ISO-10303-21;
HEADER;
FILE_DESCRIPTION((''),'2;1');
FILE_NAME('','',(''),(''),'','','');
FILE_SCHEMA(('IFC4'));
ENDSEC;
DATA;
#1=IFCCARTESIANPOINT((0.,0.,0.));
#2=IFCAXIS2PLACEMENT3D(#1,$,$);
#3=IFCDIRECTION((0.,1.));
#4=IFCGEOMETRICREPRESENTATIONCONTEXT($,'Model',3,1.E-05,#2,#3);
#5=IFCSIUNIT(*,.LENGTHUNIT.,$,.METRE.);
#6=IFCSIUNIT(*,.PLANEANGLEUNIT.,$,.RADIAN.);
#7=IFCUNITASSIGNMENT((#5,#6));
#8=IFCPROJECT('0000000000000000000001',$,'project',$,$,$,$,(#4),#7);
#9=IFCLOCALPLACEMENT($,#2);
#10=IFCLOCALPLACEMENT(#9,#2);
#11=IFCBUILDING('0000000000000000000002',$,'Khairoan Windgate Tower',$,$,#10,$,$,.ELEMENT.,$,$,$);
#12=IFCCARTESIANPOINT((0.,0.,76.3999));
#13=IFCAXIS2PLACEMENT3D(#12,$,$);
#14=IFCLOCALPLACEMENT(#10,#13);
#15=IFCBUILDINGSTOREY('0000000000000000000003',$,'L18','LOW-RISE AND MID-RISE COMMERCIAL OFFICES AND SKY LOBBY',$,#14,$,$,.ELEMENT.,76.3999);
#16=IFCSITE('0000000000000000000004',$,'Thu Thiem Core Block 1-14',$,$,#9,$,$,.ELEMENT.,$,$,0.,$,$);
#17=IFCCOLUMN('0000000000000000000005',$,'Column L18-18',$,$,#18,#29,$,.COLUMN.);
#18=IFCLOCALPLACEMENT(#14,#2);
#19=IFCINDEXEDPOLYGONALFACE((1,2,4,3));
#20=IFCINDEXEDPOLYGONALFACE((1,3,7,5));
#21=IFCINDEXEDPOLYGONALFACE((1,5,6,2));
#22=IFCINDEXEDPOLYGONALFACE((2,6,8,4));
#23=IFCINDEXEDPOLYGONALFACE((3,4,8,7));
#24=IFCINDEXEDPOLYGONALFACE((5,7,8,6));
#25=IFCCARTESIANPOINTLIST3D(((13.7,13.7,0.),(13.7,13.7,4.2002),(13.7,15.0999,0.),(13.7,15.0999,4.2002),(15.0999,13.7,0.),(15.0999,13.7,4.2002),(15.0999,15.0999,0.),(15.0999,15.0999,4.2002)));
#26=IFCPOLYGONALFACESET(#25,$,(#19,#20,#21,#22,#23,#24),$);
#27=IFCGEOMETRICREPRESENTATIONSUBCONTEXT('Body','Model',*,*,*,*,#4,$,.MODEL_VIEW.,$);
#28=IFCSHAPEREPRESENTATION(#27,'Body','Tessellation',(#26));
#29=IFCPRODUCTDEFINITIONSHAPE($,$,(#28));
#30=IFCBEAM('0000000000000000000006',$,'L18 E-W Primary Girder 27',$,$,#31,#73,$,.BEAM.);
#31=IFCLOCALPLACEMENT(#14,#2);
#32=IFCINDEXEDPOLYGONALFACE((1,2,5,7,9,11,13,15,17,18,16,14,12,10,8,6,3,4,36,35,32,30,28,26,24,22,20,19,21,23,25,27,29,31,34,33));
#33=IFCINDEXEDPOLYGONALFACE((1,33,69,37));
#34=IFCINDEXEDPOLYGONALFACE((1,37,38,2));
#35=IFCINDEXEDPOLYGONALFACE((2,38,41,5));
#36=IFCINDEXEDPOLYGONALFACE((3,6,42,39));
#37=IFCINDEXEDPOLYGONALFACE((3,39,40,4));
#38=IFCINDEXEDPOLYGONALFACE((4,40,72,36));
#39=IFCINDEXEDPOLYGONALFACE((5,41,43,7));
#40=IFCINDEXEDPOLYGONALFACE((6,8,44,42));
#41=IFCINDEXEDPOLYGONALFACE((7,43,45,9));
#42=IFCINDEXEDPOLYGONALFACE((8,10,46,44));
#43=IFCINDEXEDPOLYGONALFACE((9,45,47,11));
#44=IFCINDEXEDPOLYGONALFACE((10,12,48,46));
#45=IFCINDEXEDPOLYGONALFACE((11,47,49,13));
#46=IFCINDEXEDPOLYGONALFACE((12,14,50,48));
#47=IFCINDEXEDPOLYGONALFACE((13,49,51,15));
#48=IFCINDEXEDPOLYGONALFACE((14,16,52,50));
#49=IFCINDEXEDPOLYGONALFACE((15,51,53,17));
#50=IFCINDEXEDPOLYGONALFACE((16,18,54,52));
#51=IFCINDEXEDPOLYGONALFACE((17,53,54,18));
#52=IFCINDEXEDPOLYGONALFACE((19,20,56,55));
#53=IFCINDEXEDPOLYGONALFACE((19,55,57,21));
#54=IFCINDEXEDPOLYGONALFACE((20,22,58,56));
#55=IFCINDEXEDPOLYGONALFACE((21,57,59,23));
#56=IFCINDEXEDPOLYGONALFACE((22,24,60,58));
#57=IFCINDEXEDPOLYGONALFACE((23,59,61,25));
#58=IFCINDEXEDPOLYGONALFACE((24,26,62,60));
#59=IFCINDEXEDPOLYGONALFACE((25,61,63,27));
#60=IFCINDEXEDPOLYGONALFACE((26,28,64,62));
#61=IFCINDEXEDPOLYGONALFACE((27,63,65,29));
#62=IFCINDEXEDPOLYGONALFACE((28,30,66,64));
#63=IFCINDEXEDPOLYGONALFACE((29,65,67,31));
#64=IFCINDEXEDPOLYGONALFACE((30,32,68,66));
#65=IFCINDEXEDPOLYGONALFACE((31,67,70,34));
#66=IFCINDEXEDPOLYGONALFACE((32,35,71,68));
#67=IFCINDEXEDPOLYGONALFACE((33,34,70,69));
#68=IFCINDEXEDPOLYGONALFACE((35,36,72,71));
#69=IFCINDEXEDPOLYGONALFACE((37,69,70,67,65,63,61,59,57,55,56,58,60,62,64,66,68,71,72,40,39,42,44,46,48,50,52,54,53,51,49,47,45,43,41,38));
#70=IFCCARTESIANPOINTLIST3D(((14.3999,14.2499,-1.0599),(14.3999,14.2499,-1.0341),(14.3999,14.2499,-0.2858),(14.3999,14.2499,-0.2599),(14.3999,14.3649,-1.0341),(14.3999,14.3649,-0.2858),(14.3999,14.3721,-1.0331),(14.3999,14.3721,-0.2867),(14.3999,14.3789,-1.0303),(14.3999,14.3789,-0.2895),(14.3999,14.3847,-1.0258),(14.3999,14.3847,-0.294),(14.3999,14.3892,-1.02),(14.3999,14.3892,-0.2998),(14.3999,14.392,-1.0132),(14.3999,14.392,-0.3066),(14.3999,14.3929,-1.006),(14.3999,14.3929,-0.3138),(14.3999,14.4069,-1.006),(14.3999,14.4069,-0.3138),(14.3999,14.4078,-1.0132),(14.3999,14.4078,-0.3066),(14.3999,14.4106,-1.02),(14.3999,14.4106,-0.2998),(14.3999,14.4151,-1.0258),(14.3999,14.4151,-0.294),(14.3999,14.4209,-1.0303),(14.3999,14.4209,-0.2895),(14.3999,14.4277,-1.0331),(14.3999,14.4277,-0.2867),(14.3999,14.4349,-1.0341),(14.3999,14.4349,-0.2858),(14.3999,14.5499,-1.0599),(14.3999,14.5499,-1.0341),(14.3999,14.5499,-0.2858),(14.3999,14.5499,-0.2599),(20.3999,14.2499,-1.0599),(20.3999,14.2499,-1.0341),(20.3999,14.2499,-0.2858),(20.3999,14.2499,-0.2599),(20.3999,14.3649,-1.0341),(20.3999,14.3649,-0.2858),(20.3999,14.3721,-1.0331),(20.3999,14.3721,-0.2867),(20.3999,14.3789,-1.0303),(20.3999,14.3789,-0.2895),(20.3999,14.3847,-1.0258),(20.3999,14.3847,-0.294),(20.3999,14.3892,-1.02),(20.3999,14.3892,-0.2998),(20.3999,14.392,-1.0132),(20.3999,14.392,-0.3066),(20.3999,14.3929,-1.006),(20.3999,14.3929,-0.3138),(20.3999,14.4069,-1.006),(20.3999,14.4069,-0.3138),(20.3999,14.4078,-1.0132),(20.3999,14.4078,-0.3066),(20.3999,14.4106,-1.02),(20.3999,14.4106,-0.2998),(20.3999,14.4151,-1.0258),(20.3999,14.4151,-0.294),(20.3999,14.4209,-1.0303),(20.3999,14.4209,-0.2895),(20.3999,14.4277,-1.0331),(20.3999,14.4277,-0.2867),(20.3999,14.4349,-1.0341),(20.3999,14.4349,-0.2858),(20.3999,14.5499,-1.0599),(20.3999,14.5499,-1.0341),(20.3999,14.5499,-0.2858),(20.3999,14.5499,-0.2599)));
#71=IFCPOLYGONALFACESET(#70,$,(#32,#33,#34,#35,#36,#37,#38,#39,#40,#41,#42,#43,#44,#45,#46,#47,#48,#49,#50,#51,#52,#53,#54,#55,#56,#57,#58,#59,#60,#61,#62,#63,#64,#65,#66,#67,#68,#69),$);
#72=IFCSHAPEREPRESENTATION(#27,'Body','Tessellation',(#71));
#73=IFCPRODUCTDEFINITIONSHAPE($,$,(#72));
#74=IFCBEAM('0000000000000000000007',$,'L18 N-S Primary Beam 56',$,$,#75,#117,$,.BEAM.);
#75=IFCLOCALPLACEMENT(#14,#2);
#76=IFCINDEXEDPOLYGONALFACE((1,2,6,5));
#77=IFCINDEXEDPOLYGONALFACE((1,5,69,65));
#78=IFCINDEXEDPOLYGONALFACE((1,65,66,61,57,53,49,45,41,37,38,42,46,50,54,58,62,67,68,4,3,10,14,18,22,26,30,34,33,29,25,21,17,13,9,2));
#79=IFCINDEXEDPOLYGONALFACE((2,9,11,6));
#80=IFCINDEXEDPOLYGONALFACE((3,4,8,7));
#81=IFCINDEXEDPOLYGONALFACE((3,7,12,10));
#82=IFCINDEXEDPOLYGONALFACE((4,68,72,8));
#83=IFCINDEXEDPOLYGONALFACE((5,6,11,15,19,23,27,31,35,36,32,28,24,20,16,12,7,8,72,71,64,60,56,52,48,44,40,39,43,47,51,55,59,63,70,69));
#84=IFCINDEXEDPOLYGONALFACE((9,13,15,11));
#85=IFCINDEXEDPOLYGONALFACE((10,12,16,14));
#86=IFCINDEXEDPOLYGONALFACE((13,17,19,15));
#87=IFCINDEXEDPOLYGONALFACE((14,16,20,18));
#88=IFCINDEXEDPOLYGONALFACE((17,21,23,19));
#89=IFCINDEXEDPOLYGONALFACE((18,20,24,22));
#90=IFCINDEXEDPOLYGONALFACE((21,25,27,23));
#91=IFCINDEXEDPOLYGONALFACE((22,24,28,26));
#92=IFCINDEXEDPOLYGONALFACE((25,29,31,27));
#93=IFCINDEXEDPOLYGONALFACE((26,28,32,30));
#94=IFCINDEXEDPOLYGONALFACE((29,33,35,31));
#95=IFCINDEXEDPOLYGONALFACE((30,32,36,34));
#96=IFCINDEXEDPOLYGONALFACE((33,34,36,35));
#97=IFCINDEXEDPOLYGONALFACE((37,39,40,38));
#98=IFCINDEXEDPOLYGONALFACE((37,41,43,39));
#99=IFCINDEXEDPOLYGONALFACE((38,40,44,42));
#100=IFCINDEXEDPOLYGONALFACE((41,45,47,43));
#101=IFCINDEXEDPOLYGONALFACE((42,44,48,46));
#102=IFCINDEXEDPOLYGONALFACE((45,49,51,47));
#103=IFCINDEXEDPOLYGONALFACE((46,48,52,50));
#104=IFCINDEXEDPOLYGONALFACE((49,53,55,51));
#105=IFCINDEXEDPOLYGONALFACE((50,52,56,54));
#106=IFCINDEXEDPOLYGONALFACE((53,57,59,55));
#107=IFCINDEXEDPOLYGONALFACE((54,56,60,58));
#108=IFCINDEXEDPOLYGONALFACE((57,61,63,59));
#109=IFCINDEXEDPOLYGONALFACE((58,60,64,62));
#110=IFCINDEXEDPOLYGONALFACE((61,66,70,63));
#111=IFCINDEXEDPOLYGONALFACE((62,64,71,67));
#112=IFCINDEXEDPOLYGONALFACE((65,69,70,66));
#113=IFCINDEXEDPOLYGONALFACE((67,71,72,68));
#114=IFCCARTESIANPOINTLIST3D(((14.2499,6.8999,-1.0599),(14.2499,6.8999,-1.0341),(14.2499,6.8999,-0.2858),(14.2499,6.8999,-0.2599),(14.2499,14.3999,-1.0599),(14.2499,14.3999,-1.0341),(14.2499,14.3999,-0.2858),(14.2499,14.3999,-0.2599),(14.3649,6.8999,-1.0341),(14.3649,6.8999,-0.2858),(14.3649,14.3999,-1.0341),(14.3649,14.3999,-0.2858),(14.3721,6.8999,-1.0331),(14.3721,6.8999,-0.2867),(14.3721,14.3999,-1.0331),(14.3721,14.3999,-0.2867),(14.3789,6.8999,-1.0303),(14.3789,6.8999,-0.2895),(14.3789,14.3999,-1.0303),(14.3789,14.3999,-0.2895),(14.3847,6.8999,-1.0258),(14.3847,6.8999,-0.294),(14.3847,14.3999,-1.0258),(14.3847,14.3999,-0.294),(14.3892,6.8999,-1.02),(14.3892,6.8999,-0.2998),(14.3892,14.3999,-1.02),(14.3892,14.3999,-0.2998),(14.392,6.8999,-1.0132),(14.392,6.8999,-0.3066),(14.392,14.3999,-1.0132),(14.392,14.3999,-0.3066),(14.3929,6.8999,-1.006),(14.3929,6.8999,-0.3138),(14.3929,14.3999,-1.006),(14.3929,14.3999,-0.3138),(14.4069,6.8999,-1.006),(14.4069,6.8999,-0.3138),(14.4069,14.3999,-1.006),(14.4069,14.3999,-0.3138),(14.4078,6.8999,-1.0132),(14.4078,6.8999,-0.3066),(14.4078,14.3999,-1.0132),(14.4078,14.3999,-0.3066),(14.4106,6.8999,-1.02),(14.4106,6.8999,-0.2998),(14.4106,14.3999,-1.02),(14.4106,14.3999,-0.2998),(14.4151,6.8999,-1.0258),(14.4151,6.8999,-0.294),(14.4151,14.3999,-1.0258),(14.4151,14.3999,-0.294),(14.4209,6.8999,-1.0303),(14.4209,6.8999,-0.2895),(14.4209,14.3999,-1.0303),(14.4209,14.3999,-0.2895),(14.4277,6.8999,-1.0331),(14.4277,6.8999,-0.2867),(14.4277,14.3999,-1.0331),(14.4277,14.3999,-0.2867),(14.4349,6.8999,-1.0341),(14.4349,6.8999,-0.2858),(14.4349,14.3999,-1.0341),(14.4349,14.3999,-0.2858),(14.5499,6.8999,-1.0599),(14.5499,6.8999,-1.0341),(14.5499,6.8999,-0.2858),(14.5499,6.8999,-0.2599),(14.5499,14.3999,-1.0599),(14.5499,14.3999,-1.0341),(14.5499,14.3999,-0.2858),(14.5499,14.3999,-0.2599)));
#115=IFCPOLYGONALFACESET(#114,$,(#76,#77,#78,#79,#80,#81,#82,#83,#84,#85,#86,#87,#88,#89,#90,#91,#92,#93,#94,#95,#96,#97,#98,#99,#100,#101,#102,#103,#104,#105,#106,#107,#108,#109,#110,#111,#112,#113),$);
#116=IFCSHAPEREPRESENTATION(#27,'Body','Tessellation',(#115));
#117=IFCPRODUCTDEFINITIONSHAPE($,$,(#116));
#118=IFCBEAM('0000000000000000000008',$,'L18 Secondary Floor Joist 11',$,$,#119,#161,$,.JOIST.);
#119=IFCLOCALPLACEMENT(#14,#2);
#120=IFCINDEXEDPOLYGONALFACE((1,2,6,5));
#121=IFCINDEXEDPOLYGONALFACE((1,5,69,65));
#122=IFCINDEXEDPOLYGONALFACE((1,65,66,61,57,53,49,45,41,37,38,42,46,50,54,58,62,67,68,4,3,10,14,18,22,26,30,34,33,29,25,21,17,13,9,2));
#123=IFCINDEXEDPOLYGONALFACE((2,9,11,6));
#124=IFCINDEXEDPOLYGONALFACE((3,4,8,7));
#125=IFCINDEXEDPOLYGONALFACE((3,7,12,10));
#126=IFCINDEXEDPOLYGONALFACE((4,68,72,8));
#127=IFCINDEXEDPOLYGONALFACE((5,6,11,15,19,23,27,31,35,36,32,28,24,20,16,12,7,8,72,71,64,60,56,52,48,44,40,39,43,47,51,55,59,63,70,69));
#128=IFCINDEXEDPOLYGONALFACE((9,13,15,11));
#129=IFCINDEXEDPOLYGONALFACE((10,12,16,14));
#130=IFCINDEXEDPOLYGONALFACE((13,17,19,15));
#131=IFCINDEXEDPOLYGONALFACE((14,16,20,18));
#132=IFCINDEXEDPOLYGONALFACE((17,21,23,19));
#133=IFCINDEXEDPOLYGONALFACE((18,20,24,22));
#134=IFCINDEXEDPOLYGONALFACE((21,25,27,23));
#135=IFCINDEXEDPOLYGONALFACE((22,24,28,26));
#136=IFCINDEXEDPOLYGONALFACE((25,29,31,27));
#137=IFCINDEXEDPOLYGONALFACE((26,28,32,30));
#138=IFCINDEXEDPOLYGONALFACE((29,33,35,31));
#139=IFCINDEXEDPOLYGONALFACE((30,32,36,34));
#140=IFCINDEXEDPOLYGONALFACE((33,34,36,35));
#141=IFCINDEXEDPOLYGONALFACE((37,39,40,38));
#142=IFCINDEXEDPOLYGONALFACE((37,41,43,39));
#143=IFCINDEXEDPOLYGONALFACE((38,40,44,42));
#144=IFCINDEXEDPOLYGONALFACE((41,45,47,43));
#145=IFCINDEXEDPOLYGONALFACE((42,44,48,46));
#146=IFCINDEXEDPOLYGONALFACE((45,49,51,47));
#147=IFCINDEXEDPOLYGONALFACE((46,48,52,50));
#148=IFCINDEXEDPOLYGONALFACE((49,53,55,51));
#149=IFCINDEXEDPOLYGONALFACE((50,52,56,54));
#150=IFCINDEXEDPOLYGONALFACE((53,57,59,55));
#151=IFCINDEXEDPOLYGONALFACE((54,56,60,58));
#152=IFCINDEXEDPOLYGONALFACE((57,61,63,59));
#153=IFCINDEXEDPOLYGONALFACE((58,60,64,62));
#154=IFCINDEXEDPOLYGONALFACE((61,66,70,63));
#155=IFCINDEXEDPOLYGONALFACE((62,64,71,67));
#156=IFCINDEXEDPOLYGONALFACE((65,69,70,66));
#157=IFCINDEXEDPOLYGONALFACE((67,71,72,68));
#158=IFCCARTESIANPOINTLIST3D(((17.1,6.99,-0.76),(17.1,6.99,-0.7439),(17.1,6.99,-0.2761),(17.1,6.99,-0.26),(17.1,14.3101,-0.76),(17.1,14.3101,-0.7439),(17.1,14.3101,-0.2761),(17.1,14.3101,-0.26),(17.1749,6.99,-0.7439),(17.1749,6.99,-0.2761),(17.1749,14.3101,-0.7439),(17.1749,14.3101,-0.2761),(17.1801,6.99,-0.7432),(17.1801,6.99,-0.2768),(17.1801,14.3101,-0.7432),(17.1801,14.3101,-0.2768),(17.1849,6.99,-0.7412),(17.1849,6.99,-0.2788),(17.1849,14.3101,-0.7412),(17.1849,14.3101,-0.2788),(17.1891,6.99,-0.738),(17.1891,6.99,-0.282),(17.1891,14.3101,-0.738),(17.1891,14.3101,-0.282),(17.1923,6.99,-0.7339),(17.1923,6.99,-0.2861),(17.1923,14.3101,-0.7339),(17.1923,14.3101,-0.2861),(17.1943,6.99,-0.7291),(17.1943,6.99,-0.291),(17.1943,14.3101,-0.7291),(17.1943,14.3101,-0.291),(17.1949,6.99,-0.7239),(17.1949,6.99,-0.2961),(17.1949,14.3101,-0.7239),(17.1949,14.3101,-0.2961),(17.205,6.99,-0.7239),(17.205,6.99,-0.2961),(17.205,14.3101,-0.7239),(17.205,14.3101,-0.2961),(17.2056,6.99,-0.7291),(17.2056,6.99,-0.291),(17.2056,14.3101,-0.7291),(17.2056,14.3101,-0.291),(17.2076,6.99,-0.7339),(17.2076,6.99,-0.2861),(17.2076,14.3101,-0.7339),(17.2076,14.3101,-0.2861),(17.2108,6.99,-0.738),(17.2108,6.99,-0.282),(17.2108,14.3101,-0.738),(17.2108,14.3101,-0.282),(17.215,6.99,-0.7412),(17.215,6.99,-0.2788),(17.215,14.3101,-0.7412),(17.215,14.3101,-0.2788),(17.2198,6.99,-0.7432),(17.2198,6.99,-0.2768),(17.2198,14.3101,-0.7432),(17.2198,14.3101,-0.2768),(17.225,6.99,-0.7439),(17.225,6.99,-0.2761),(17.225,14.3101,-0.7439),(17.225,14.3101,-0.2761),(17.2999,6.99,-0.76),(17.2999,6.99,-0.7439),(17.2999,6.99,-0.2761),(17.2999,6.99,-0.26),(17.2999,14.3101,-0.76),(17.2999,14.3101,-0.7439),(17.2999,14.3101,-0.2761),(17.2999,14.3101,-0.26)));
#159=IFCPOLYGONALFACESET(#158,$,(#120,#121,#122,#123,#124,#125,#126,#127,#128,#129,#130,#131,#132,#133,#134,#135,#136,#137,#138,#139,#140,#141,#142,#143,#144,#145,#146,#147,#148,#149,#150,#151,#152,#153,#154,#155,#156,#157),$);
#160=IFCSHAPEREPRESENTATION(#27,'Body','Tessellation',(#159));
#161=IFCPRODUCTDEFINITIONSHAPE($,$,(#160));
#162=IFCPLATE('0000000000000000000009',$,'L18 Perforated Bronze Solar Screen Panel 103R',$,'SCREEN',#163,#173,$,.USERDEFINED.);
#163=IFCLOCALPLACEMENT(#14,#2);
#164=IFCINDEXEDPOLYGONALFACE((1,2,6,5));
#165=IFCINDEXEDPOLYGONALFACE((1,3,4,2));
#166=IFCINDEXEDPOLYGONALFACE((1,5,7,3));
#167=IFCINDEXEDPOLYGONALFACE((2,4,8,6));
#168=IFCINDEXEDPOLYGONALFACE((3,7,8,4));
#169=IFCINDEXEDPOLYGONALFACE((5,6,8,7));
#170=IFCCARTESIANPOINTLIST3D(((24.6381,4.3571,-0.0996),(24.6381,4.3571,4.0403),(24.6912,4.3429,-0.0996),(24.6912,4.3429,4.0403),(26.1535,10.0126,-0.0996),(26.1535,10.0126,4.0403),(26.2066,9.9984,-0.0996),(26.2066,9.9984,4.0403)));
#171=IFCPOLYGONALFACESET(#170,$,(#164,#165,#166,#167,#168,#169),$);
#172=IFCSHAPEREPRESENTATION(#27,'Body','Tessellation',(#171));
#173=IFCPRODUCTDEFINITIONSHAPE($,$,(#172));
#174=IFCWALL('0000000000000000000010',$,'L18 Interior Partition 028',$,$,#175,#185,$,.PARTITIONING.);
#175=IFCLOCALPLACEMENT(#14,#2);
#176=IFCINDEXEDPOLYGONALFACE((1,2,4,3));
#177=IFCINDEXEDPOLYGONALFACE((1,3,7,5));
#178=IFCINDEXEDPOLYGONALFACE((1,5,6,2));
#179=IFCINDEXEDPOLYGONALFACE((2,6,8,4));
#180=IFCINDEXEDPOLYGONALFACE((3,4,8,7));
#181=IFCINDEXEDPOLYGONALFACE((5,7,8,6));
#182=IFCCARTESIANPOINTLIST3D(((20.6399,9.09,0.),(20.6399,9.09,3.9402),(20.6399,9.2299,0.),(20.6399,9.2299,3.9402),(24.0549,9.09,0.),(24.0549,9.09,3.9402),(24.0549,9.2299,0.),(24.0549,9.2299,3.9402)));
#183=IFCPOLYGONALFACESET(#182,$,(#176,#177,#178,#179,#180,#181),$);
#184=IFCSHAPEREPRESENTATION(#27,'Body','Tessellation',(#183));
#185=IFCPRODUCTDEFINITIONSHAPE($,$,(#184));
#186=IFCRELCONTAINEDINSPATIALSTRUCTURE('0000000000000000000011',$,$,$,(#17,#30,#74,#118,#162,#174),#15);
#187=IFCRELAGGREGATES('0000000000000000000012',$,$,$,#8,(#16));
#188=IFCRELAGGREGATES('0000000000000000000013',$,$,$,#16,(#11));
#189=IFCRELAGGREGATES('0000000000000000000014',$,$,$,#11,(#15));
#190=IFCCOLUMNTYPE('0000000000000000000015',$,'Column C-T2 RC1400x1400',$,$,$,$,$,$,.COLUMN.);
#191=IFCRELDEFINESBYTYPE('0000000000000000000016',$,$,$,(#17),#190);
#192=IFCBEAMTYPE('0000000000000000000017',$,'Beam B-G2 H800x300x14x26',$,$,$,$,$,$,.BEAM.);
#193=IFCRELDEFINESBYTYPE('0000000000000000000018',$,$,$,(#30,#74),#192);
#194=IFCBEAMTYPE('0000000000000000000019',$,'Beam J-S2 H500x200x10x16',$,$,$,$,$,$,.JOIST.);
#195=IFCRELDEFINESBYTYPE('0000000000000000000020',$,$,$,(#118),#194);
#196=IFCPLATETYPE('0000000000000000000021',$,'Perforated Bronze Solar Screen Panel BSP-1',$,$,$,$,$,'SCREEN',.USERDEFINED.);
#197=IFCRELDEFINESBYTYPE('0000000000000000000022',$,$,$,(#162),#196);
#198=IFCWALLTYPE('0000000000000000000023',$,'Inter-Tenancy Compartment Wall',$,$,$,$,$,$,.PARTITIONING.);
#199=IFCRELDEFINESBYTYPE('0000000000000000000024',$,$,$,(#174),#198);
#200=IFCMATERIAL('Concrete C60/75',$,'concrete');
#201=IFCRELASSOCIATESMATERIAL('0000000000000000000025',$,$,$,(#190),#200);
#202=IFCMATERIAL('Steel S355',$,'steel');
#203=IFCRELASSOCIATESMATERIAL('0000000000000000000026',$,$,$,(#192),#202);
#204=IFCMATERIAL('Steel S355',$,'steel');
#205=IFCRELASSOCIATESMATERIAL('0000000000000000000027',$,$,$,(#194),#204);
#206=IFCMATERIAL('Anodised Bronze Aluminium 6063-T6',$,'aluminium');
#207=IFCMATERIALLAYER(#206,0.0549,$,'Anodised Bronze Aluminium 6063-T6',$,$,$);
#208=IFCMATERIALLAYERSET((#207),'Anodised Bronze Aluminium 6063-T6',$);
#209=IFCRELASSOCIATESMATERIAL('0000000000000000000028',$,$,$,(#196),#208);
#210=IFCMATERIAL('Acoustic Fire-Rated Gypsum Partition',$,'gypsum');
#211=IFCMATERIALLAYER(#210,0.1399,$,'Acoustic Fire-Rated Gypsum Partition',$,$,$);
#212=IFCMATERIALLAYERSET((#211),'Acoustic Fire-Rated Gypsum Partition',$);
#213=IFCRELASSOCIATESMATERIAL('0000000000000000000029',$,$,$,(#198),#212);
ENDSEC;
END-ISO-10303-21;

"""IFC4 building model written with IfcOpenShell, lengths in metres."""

from ifc_helpers import new_model, si_unit, direction, frame, frame_2d, origin, origin_2d, place, context, subcontext, project, spatial, rectangle, i_section, extrude, material, layer, layer_set, material_profile, profile_set, type_object, element, save


model = new_model("IFC4")

# Units and contexts
model_context = context("Model", 3, precision=1e-05, world=origin(), true_north=direction((0.0, 1.0)))
body_context = subcontext(model_context, "Body", "Model", "MODEL_VIEW")
ifc_project = project(units=[si_unit("LENGTHUNIT", "METRE"), si_unit("PLANEANGLEUNIT", "RADIAN")], contexts=[model_context])

# Site, building, storey
site_placement = place(None, origin())
site = spatial("IfcSite", under=ifc_project, at=site_placement, Name="Thu Thiem Core Block 1-14", CompositionType="ELEMENT", RefElevation=0.0)
building_placement = place(site_placement, origin())
building = spatial("IfcBuilding", under=site, at=building_placement, Name="Khairoan Windgate Tower", CompositionType="ELEMENT")
storey_placement = place(building_placement, frame((0.0, 0.0, 76.3999)))
storey = spatial("IfcBuildingStorey", under=building, at=storey_placement, Name="L18", Description="LOW-RISE AND MID-RISE COMMERCIAL OFFICES AND SKY LOBBY", CompositionType="ELEMENT", Elevation=76.3999)

# Column
ifc_material_1 = material(Name="Concrete C60/75", Category="concrete")
ifc_material_profile_1 = material_profile(ifc_material_1, rectangle(XDim=1.3999, YDim=1.3999, at=origin_2d()))
ifc_profile_set_1 = profile_set([ifc_material_profile_1], Name="Concrete C60/75")
column_type = type_object("IfcColumnType", Name="Column C-T2 RC1400x1400", PredefinedType="COLUMN", material=ifc_profile_set_1)
column_placement = place(storey_placement, frame((14.3999, 14.3999, 0.0), z_axis=(0.0, 0.0, 1.0), x_axis=(1.0, 0.0, 0.0)))
element("IfcColumn", 1, at=column_placement, inside=storey, type_object=column_type, Name="Column L18-18", PredefinedType="COLUMN", context=body_context, shape_type="SweptSolid", body=[
    extrude(rectangle(XDim=1.3999, YDim=1.3999, at=origin_2d()), origin(), (0.0, 0.0, 1.0), 4.2002),
])

# Beams
ifc_material_2 = material(Name="Steel S355", Category="steel")
ifc_material_profile_2 = material_profile(ifc_material_2, i_section(OverallWidth=0.3, OverallDepth=0.8, WebThickness=0.0139, FlangeThickness=0.0259, FilletRadius=0.0281, at=origin_2d()))
ifc_profile_set_2 = profile_set([ifc_material_profile_2], Name="Steel S355")
beam_type_1 = type_object("IfcBeamType", Name="Beam B-G2 H800x300x14x26", PredefinedType="BEAM", material=ifc_profile_set_2)
beam_1_placement = place(storey_placement, frame((14.3999, 14.3999, -0.6599), z_axis=(1.0, 0.0, 0.0), x_axis=(0.0, 1.0, 0.0)))
element("IfcBeam", 2, at=beam_1_placement, inside=storey, type_object=beam_type_1, Name="L18 E-W Primary Girder 27", PredefinedType="BEAM", context=body_context, shape_type="SweptSolid", body=[
    extrude(i_section(OverallWidth=0.3, OverallDepth=0.8, WebThickness=0.0139, FlangeThickness=0.0259, FilletRadius=0.0281, at=origin_2d()), origin(), (0.0, 0.0, 1.0), 6.0),
])
beam_2_placement = place(storey_placement, frame((14.3999, 6.8999, -0.6599), z_axis=(0.0, 1.0, 0.0), x_axis=(-1.0, 0.0, 0.0)))
element("IfcBeam", 3, at=beam_2_placement, inside=storey, type_object=beam_type_1, Name="L18 N-S Primary Beam 56", PredefinedType="BEAM", context=body_context, shape_type="SweptSolid", body=[
    extrude(i_section(OverallWidth=0.3, OverallDepth=0.8, WebThickness=0.0139, FlangeThickness=0.0259, FilletRadius=0.0281, at=origin_2d()), origin(), (0.0, 0.0, 1.0), 7.5),
])
ifc_material_3 = material(Name="Steel S355", Category="steel")
ifc_material_profile_3 = material_profile(ifc_material_3, i_section(OverallWidth=0.2, OverallDepth=0.5, WebThickness=0.01, FlangeThickness=0.0161, FilletRadius=0.02, at=origin_2d()))
ifc_profile_set_3 = profile_set([ifc_material_profile_3], Name="Steel S355")
beam_type_2 = type_object("IfcBeamType", Name="Beam J-S2 H500x200x10x16", PredefinedType="JOIST", material=ifc_profile_set_3)
beam_3_placement = place(storey_placement, frame((17.2, 6.99, -0.51), z_axis=(0.0, 1.0, 0.0), x_axis=(-1.0, 0.0, 0.0)))
element("IfcBeam", 4, at=beam_3_placement, inside=storey, type_object=beam_type_2, Name="L18 Secondary Floor Joist 11", PredefinedType="JOIST", context=body_context, shape_type="SweptSolid", body=[
    extrude(i_section(OverallWidth=0.2, OverallDepth=0.5, WebThickness=0.01, FlangeThickness=0.0161, FilletRadius=0.02, at=origin_2d()), origin(), (0.0, 0.0, 1.0), 7.3201),
])

# Plate
ifc_material_4 = material(Name="Anodised Bronze Aluminium 6063-T6", Category="aluminium")
ifc_layer_1 = layer(ifc_material_4, 0.0549, Name="Anodised Bronze Aluminium 6063-T6")
ifc_layer_set_1 = layer_set([ifc_layer_1], Name="Anodised Bronze Aluminium 6063-T6")
plate_type = type_object("IfcPlateType", Name="Perforated Bronze Solar Screen Panel BSP-1", ElementType="SCREEN", PredefinedType="USERDEFINED", material=ifc_layer_set_1)
plate_placement = place(storey_placement, frame((25.4224, 7.1777, -0.0996), z_axis=(0.0, 0.0, 1.0), x_axis=(-0.258819, -0.965926, 0.0)))
element("IfcPlate", 5, at=plate_placement, inside=storey, type_object=plate_type, Name="L18 Perforated Bronze Solar Screen Panel 103R", ObjectType="SCREEN", PredefinedType="USERDEFINED", context=body_context, shape_type="SweptSolid", body=[
    extrude(rectangle(XDim=5.855, YDim=0.0549, at=origin_2d()), origin(), (0.0, 0.0, 1.0), 4.1399),
])

# Wall
ifc_material_5 = material(Name="Acoustic Fire-Rated Gypsum Partition", Category="gypsum")
ifc_layer_2 = layer(ifc_material_5, 0.1399, Name="Acoustic Fire-Rated Gypsum Partition")
ifc_layer_set_2 = layer_set([ifc_layer_2], Name="Acoustic Fire-Rated Gypsum Partition")
wall_type_1 = type_object("IfcWallType", Name="Inter-Tenancy Compartment Wall", PredefinedType="PARTITIONING", material=ifc_layer_set_2)
wall_1_placement = place(storey_placement, frame((20.6399, 9.1599, 0.0), z_axis=(0.0, 0.0, 1.0), x_axis=(1.0, 0.0, 0.0)))
element("IfcWall", 6, at=wall_1_placement, inside=storey, type_object=wall_type_1, Name="L18 Interior Partition 028", PredefinedType="PARTITIONING", context=body_context, shape_type="SweptSolid", body=[
    extrude(rectangle(XDim=3.415, YDim=0.1399, at=frame_2d((1.7075, 0.0))), origin(), (0.0, 0.0, 1.0), 3.9402),
])

save(model, "model.ifc")
